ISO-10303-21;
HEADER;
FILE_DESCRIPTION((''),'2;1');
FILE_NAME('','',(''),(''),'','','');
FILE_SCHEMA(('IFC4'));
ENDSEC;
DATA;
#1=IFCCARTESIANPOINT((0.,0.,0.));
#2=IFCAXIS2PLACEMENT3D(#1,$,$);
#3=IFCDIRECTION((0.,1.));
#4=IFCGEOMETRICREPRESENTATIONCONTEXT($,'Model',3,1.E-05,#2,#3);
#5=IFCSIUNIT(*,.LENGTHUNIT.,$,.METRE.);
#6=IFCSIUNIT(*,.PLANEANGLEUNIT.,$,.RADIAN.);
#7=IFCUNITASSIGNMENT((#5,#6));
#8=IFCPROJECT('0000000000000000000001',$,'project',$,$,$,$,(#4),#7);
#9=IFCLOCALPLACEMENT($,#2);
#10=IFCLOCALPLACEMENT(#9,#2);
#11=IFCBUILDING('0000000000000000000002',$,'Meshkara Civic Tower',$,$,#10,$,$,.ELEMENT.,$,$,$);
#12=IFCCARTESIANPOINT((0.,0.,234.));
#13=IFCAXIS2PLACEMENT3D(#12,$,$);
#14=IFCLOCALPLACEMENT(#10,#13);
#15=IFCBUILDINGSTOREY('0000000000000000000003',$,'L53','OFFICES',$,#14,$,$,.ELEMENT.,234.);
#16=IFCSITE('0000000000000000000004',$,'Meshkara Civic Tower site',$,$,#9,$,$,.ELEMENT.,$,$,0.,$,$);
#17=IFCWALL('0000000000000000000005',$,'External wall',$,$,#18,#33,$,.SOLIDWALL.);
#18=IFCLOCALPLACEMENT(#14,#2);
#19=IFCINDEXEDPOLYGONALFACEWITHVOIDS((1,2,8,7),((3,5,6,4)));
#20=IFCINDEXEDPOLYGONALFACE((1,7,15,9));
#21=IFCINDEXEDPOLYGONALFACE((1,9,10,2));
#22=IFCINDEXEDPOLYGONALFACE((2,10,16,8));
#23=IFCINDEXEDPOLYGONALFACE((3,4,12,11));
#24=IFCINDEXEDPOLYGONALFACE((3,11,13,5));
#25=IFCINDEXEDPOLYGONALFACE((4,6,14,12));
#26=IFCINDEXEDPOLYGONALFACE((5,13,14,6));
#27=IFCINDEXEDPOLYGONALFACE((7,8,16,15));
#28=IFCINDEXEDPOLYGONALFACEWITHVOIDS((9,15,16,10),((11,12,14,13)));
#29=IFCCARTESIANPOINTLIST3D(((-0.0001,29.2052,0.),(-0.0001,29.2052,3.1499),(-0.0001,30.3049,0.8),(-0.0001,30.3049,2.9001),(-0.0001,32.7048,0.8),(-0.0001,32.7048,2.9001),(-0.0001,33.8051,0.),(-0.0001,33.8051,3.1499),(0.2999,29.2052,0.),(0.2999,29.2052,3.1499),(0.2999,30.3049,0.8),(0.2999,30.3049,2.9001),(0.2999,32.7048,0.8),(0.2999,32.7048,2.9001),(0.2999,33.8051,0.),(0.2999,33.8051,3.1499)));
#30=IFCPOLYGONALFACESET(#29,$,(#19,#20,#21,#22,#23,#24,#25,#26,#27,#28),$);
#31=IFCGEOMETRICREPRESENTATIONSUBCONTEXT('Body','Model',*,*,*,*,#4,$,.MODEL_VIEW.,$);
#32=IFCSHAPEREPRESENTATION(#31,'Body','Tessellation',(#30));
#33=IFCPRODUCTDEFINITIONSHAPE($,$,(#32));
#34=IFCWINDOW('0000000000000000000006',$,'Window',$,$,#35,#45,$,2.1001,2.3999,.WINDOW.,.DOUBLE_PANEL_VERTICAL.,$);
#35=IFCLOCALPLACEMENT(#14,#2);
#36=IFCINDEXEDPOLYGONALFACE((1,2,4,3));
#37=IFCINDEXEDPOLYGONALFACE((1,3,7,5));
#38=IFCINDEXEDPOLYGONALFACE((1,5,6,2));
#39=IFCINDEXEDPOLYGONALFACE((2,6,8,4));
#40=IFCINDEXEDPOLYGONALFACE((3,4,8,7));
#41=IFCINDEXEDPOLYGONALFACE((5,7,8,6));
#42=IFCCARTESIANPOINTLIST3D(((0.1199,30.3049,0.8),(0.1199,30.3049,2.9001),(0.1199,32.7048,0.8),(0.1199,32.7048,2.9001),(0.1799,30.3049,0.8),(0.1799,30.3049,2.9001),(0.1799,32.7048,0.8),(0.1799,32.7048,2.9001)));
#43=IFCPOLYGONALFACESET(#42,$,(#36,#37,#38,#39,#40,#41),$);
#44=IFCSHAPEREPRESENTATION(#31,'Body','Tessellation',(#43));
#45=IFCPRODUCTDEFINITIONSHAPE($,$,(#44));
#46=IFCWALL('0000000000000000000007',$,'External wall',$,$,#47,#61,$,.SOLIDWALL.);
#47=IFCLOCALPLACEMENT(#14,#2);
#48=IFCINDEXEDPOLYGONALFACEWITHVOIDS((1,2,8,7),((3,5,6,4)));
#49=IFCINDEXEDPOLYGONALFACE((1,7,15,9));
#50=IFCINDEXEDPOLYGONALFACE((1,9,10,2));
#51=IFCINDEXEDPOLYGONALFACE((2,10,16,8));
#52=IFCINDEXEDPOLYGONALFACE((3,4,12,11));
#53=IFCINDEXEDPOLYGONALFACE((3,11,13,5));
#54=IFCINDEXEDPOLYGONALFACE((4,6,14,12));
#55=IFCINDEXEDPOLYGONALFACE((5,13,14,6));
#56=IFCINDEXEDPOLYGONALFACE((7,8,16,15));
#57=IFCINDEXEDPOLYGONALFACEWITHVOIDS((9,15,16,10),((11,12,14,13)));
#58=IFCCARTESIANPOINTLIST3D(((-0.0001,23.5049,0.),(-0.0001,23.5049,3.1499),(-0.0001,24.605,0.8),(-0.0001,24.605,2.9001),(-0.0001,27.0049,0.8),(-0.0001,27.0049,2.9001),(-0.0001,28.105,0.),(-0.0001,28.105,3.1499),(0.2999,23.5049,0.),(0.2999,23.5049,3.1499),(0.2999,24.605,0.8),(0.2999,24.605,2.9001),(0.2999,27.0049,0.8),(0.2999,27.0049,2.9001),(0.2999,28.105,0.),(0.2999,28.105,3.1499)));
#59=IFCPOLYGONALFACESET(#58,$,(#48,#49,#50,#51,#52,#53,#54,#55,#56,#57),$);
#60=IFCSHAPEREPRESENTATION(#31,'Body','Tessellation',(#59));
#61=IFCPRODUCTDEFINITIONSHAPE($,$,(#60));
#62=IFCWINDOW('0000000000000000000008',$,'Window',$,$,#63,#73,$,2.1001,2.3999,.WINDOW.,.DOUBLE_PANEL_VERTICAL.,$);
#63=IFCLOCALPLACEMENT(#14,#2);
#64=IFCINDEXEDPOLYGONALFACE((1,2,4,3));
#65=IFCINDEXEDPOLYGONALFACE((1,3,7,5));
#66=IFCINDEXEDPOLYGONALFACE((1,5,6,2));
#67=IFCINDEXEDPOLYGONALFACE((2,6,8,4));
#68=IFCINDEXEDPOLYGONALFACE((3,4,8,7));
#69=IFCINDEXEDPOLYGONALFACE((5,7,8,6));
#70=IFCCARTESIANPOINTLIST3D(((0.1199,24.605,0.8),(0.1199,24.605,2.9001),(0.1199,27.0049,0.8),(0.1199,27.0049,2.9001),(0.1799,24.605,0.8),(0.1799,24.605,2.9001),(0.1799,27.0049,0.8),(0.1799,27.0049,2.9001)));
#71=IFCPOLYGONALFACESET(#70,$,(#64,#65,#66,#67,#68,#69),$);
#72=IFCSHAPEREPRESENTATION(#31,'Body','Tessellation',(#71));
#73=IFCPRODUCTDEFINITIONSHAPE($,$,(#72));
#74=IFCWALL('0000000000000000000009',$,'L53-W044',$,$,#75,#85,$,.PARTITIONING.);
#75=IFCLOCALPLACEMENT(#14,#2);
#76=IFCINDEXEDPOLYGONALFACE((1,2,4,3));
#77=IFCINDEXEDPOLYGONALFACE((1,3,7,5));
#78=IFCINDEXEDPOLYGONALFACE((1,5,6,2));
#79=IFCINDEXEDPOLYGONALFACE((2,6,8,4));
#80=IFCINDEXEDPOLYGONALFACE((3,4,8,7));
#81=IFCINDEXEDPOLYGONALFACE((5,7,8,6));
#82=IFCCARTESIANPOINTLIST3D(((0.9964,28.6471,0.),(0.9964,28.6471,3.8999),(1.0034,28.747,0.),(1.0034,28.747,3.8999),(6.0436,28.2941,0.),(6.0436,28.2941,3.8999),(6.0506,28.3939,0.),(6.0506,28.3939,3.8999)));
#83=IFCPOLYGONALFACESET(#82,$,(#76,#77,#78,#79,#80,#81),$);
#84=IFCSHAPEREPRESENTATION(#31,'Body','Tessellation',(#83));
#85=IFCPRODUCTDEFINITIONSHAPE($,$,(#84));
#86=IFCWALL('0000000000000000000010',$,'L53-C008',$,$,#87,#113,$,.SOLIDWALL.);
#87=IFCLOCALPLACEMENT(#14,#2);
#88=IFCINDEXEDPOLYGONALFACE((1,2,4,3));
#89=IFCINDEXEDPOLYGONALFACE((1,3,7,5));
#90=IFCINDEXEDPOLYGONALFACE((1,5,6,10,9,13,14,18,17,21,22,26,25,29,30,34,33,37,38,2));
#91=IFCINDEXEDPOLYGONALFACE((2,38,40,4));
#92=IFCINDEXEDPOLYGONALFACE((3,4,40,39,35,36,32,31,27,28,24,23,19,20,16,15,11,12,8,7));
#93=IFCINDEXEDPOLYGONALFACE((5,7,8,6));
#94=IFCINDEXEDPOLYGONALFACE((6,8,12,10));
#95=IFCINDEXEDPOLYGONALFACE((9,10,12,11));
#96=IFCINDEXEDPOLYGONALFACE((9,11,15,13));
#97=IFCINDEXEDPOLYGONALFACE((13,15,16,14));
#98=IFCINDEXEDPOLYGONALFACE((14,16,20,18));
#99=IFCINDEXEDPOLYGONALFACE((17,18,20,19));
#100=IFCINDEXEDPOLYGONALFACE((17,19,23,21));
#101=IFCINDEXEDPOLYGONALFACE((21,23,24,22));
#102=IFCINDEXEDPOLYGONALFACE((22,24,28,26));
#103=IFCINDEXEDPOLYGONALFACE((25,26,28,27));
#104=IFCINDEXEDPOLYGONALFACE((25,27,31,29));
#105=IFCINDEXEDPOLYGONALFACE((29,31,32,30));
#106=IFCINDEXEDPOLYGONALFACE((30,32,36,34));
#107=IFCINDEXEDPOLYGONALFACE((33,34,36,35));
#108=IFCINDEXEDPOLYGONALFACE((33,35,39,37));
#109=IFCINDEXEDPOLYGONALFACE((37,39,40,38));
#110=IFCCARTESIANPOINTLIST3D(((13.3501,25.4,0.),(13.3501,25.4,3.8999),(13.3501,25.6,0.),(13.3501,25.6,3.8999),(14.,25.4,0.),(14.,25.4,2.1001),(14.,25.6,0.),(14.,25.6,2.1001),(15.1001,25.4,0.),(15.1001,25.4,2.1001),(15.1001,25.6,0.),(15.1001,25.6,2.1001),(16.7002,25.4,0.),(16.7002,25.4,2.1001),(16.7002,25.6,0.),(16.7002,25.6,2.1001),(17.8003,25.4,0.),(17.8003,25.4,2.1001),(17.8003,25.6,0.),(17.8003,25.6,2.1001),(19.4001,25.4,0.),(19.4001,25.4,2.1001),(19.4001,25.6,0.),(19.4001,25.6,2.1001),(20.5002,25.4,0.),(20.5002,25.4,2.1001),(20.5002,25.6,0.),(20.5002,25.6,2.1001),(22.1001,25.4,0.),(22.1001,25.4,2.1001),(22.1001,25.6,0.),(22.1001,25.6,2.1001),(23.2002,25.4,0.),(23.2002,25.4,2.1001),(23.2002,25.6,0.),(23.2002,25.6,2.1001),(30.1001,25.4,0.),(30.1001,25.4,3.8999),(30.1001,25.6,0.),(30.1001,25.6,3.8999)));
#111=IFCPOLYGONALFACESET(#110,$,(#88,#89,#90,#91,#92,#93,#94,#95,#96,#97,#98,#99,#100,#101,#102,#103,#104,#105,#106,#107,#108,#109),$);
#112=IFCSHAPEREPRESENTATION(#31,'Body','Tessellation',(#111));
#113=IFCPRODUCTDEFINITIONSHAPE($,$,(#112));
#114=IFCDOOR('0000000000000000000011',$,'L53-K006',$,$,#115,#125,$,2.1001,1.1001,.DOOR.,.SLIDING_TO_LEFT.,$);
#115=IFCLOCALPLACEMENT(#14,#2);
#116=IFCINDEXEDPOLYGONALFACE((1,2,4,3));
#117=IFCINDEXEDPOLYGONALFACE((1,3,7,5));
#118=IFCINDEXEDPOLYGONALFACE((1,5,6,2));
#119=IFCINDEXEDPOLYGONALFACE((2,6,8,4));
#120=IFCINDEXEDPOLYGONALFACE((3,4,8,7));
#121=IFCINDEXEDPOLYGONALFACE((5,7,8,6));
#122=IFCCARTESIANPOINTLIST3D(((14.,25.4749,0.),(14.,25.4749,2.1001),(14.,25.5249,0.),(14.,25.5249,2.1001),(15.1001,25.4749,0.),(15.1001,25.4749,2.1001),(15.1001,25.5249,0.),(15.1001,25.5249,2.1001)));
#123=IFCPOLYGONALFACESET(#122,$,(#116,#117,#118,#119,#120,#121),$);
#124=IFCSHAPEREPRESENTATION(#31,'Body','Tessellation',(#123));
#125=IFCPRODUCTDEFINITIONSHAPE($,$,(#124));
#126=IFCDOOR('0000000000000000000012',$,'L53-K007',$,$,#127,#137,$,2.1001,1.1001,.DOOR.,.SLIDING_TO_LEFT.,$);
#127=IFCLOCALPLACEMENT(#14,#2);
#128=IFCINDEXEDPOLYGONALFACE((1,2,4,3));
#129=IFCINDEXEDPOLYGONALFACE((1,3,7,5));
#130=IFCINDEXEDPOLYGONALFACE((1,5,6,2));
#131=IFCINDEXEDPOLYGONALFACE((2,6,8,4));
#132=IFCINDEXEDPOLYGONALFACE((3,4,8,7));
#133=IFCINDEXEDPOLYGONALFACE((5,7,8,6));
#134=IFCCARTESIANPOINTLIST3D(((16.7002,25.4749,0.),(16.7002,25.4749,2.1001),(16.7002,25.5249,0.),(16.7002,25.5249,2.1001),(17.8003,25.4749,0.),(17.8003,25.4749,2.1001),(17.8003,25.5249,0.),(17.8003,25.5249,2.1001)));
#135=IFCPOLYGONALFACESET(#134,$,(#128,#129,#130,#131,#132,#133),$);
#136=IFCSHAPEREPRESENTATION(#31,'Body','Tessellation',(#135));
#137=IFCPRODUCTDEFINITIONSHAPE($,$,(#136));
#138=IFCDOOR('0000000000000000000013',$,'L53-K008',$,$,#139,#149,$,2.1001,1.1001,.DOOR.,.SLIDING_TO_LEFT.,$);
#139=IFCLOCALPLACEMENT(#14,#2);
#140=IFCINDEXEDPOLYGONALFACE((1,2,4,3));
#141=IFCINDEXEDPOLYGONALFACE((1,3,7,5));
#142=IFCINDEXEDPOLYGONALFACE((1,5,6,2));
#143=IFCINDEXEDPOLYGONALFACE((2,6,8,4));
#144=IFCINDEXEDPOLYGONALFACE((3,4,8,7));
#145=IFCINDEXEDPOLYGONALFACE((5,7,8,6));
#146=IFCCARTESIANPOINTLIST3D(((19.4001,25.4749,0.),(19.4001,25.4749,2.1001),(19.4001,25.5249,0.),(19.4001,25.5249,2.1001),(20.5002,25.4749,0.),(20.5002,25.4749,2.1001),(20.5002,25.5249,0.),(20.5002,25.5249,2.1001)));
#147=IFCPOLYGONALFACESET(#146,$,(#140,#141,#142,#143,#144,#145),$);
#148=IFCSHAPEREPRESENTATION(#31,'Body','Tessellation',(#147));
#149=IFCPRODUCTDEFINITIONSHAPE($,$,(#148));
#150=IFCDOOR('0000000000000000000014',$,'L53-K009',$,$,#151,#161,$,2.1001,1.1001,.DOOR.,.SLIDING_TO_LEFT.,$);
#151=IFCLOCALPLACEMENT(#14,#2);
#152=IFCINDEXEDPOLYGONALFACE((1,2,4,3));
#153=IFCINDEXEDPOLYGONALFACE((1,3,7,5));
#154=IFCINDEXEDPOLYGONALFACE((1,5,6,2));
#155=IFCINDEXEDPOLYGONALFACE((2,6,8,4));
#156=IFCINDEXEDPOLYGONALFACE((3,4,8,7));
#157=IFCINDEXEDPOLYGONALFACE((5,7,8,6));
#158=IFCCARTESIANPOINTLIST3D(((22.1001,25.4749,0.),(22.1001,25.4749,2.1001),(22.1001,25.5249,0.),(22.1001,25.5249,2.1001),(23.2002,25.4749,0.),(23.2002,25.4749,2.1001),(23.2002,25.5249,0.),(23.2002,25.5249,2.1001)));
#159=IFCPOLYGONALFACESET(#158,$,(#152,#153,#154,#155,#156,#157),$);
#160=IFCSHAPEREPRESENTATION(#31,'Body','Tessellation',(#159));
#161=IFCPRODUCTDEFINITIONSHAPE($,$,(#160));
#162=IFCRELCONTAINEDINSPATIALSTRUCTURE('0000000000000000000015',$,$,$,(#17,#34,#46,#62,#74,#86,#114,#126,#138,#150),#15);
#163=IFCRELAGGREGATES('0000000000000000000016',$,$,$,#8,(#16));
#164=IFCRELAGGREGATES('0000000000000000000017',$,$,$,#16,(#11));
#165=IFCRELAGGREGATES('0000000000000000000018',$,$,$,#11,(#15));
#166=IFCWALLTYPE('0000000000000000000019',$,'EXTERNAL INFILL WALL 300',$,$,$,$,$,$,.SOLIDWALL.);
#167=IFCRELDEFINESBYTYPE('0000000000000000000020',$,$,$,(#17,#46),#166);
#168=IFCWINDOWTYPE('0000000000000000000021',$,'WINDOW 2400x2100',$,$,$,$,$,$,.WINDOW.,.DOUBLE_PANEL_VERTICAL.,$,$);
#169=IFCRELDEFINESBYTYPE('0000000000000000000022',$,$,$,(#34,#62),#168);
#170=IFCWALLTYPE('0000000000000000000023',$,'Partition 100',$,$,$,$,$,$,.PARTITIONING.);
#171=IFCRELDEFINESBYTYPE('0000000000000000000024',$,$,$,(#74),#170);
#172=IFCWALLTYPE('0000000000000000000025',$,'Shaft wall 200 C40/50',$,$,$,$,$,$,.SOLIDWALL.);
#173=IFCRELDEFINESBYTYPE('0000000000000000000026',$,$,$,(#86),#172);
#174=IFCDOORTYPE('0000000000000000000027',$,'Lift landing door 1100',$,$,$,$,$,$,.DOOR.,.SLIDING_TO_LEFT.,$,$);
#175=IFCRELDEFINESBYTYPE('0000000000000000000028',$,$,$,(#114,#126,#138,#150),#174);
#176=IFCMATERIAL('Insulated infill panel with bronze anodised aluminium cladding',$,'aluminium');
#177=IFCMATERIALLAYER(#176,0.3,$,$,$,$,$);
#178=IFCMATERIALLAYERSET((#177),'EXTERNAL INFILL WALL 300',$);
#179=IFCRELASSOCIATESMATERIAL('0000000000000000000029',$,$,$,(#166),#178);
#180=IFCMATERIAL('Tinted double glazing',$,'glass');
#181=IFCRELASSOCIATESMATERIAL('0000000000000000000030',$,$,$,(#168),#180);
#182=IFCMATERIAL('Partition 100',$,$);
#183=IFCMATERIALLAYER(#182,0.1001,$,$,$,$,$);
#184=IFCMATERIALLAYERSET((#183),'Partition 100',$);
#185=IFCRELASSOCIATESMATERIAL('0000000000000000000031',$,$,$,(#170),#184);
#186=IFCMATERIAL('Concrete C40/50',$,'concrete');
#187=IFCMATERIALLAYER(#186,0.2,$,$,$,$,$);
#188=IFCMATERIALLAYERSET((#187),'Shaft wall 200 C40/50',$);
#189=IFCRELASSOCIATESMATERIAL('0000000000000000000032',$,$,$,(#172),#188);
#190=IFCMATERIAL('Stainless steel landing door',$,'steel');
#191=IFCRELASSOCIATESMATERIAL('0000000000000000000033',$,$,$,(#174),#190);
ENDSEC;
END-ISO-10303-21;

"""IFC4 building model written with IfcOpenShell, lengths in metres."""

from ifc_helpers import new_model, si_unit, direction, frame, frame_2d, origin, place, context, subcontext, project, spatial, rectangle, extrude, material, layer, layer_set, type_object, element, fill, save


model = new_model("IFC4")

# Units and contexts
model_context = context("Model", 3, precision=1e-05, world=origin(), true_north=direction((0.0, 1.0)))
body_context = subcontext(model_context, "Body", "Model", "MODEL_VIEW")
ifc_project = project(units=[si_unit("LENGTHUNIT", "METRE"), si_unit("PLANEANGLEUNIT", "RADIAN")], contexts=[model_context])

# Site, building, storey
site_placement = place(None, origin())
site = spatial("IfcSite", under=ifc_project, at=site_placement, Name="Meshkara Civic Tower site", CompositionType="ELEMENT", RefElevation=0.0)
building_placement = place(site_placement, origin())
building = spatial("IfcBuilding", under=site, at=building_placement, Name="Meshkara Civic Tower", CompositionType="ELEMENT")
storey_placement = place(building_placement, frame((0.0, 0.0, 234.0)))
storey = spatial("IfcBuildingStorey", under=building, at=storey_placement, Name="L53", Description="OFFICES", CompositionType="ELEMENT", Elevation=234.0)

# Walls, openings, windows
ifc_material_1 = material(Name="Insulated infill panel with bronze anodised aluminium cladding", Category="aluminium")
ifc_layer_1 = layer(ifc_material_1, 0.3)
ifc_layer_set_1 = layer_set([ifc_layer_1], Name="EXTERNAL INFILL WALL 300")
wall_type_1 = type_object("IfcWallType", Name="EXTERNAL INFILL WALL 300", PredefinedType="SOLIDWALL", material=ifc_layer_set_1)
wall_1_placement = place(storey_placement, frame((0.1499, 33.8049, 0.0), z_axis=(0.0, 0.0, 1.0), x_axis=(0.0, -1.0, 0.0)))
wall_1 = element("IfcWall", 1, at=wall_1_placement, inside=storey, type_object=wall_type_1, Name="External wall", PredefinedType="SOLIDWALL", context=body_context, shape_type="SweptSolid", body=[
    extrude(rectangle(XDim=4.5999, YDim=0.3, at=frame_2d((2.2998, 0.0))), origin(), (0.0, 0.0, 1.0), 3.1499),
])
opening_1_placement = place(wall_1_placement, frame((1.1001, 0.0, 0.8)))
opening_1 = element("IfcOpeningElement", 2, at=opening_1_placement, cuts=wall_1, PredefinedType="OPENING", context=body_context, shape_type="SweptSolid", body=[
    extrude(rectangle(XDim=2.3999, YDim=2.1001, at=frame_2d((1.2, 1.05))), frame((0.0, 0.1599, 0.0), z_axis=(0.0, -1.0, 0.0), x_axis=(1.0, 0.0, 0.0)), (0.0, 0.0, 1.0), 0.3201),
])
ifc_material_2 = material(Name="Tinted double glazing", Category="glass")
window_type = type_object("IfcWindowType", Name="WINDOW 2400x2100", PartitioningType="DOUBLE_PANEL_VERTICAL", PredefinedType="WINDOW", material=ifc_material_2)
window_1_placement = place(opening_1_placement, origin())
window_1 = element("IfcWindow", 3, at=window_1_placement, inside=storey, type_object=window_type, Name="Window", OverallHeight=2.1001, OverallWidth=2.3999, PartitioningType="DOUBLE_PANEL_VERTICAL", PredefinedType="WINDOW", context=body_context, shape_type="SweptSolid", body=[
    extrude(rectangle(XDim=2.3999, YDim=2.1001, at=frame_2d((1.2, 1.05))), frame((0.0, 0.03, 0.0), z_axis=(0.0, -1.0, 0.0), x_axis=(1.0, 0.0, 0.0)), (0.0, 0.0, 1.0), 0.0601),
])
fill(opening_1, window_1)
wall_2_placement = place(storey_placement, frame((0.1499, 28.105, 0.0), z_axis=(0.0, 0.0, 1.0), x_axis=(0.0, -1.0, 0.0)))
wall_2 = element("IfcWall", 4, at=wall_2_placement, inside=storey, type_object=wall_type_1, Name="External wall", PredefinedType="SOLIDWALL", context=body_context, shape_type="SweptSolid", body=[
    extrude(rectangle(XDim=4.6001, YDim=0.3, at=frame_2d((2.3, 0.0))), origin(), (0.0, 0.0, 1.0), 3.1499),
])
opening_2_placement = place(wall_2_placement, frame((1.1001, 0.0, 0.8)))
opening_2 = element("IfcOpeningElement", 5, at=opening_2_placement, cuts=wall_2, PredefinedType="OPENING", context=body_context, shape_type="SweptSolid", body=[
    extrude(rectangle(XDim=2.3999, YDim=2.1001, at=frame_2d((1.2, 1.05))), frame((0.0, 0.1599, 0.0), z_axis=(0.0, -1.0, 0.0), x_axis=(1.0, 0.0, 0.0)), (0.0, 0.0, 1.0), 0.3201),
])
window_2_placement = place(opening_2_placement, origin())
window_2 = element("IfcWindow", 6, at=window_2_placement, inside=storey, type_object=window_type, Name="Window", OverallHeight=2.1001, OverallWidth=2.3999, PartitioningType="DOUBLE_PANEL_VERTICAL", PredefinedType="WINDOW", context=body_context, shape_type="SweptSolid", body=[
    extrude(rectangle(XDim=2.3999, YDim=2.1001, at=frame_2d((1.2, 1.05))), frame((0.0, 0.03, 0.0), z_axis=(0.0, -1.0, 0.0), x_axis=(1.0, 0.0, 0.0)), (0.0, 0.0, 1.0), 0.0601),
])
fill(opening_2, window_2)

# Wall
ifc_material_3 = material(Name="Partition 100")
ifc_layer_2 = layer(ifc_material_3, 0.1001)
ifc_layer_set_2 = layer_set([ifc_layer_2], Name="Partition 100")
wall_type_2 = type_object("IfcWallType", Name="Partition 100", PredefinedType="PARTITIONING", material=ifc_layer_set_2)
wall_3_placement = place(storey_placement, frame((6.0471, 28.344, 0.0), z_axis=(0.0, 0.0, 1.0), x_axis=(-0.997563, 0.069776, 0.0)))
element("IfcWall", 7, at=wall_3_placement, inside=storey, type_object=wall_type_2, Name="L53-W044", PredefinedType="PARTITIONING", context=body_context, shape_type="SweptSolid", body=[
    extrude(rectangle(XDim=5.0596, YDim=0.1001, at=frame_2d((2.5298, 0.0))), origin(), (0.0, 0.0, 1.0), 3.8999),
])

# Wall, openings, doors
ifc_material_4 = material(Name="Concrete C40/50", Category="concrete")
ifc_layer_3 = layer(ifc_material_4, 0.2)
ifc_layer_set_3 = layer_set([ifc_layer_3], Name="Shaft wall 200 C40/50")
wall_type_3 = type_object("IfcWallType", Name="Shaft wall 200 C40/50", PredefinedType="SOLIDWALL", material=ifc_layer_set_3)
wall_4_placement = place(storey_placement, frame((13.3501, 25.5, 0.0), z_axis=(0.0, 0.0, 1.0), x_axis=(1.0, 0.0, 0.0)))
wall_4 = element("IfcWall", 8, at=wall_4_placement, inside=storey, type_object=wall_type_3, Name="L53-C008", PredefinedType="SOLIDWALL", context=body_context, shape_type="SweptSolid", body=[
    extrude(rectangle(XDim=16.75, YDim=0.2, at=frame_2d((8.375, 0.0))), origin(), (0.0, 0.0, 1.0), 3.8999),
])
opening_3_placement = place(wall_4_placement, frame((0.6499, 0.0, 0.0)))
opening_3 = element("IfcOpeningElement", 9, at=opening_3_placement, cuts=wall_4, PredefinedType="OPENING", context=body_context, shape_type="SweptSolid", body=[
    extrude(rectangle(XDim=1.1001, YDim=2.1001, at=frame_2d((0.55, 1.05))), frame((0.0, 0.1099, 0.0), z_axis=(0.0, -1.0, 0.0), x_axis=(1.0, 0.0, 0.0)), (0.0, 0.0, 1.0), 0.22),
])
opening_4_placement = place(wall_4_placement, frame((3.3501, 0.0, 0.0)))
opening_4 = element("IfcOpeningElement", 10, at=opening_4_placement, cuts=wall_4, PredefinedType="OPENING", context=body_context, shape_type="SweptSolid", body=[
    extrude(rectangle(XDim=1.1001, YDim=2.1001, at=frame_2d((0.55, 1.05))), frame((0.0, 0.1099, 0.0), z_axis=(0.0, -1.0, 0.0), x_axis=(1.0, 0.0, 0.0)), (0.0, 0.0, 1.0), 0.22),
])
opening_5_placement = place(wall_4_placement, frame((6.05, 0.0, 0.0)))
opening_5 = element("IfcOpeningElement", 11, at=opening_5_placement, cuts=wall_4, PredefinedType="OPENING", context=body_context, shape_type="SweptSolid", body=[
    extrude(rectangle(XDim=1.1001, YDim=2.1001, at=frame_2d((0.55, 1.05))), frame((0.0, 0.1099, 0.0), z_axis=(0.0, -1.0, 0.0), x_axis=(1.0, 0.0, 0.0)), (0.0, 0.0, 1.0), 0.22),
])
opening_6_placement = place(wall_4_placement, frame((8.75, 0.0, 0.0)))
opening_6 = element("IfcOpeningElement", 12, at=opening_6_placement, cuts=wall_4, PredefinedType="OPENING", context=body_context, shape_type="SweptSolid", body=[
    extrude(rectangle(XDim=1.1001, YDim=2.1001, at=frame_2d((0.55, 1.05))), frame((0.0, 0.1099, 0.0), z_axis=(0.0, -1.0, 0.0), x_axis=(1.0, 0.0, 0.0)), (0.0, 0.0, 1.0), 0.22),
])
ifc_material_5 = material(Name="Stainless steel landing door", Category="steel")
door_type_1 = type_object("IfcDoorType", Name="Lift landing door 1100", OperationType="SLIDING_TO_LEFT", PredefinedType="DOOR", material=ifc_material_5)
door_1_placement = place(opening_3_placement, origin())
door_1 = element("IfcDoor", 13, at=door_1_placement, inside=storey, type_object=door_type_1, Name="L53-K006", OperationType="SLIDING_TO_LEFT", OverallHeight=2.1001, OverallWidth=1.1001, PredefinedType="DOOR", context=body_context, shape_type="SweptSolid", body=[
    extrude(rectangle(XDim=1.1001, YDim=2.1001, at=frame_2d((0.55, 1.05))), frame((0.0, 0.0249, 0.0), z_axis=(0.0, -1.0, 0.0), x_axis=(1.0, 0.0, 0.0)), (0.0, 0.0, 1.0), 0.05),
])
fill(opening_3, door_1)
door_2_placement = place(opening_4_placement, origin())
door_2 = element("IfcDoor", 14, at=door_2_placement, inside=storey, type_object=door_type_1, Name="L53-K007", OperationType="SLIDING_TO_LEFT", OverallHeight=2.1001, OverallWidth=1.1001, PredefinedType="DOOR", context=body_context, shape_type="SweptSolid", body=[
    extrude(rectangle(XDim=1.1001, YDim=2.1001, at=frame_2d((0.55, 1.05))), frame((0.0, 0.0249, 0.0), z_axis=(0.0, -1.0, 0.0), x_axis=(1.0, 0.0, 0.0)), (0.0, 0.0, 1.0), 0.05),
])
fill(opening_4, door_2)
door_3_placement = place(opening_5_placement, origin())
door_3 = element("IfcDoor", 15, at=door_3_placement, inside=storey, type_object=door_type_1, Name="L53-K008", OperationType="SLIDING_TO_LEFT", OverallHeight=2.1001, OverallWidth=1.1001, PredefinedType="DOOR", context=body_context, shape_type="SweptSolid", body=[
    extrude(rectangle(XDim=1.1001, YDim=2.1001, at=frame_2d((0.55, 1.05))), frame((0.0, 0.0249, 0.0), z_axis=(0.0, -1.0, 0.0), x_axis=(1.0, 0.0, 0.0)), (0.0, 0.0, 1.0), 0.05),
])
fill(opening_5, door_3)
door_4_placement = place(opening_6_placement, origin())
door_4 = element("IfcDoor", 16, at=door_4_placement, inside=storey, type_object=door_type_1, Name="L53-K009", OperationType="SLIDING_TO_LEFT", OverallHeight=2.1001, OverallWidth=1.1001, PredefinedType="DOOR", context=body_context, shape_type="SweptSolid", body=[
    extrude(rectangle(XDim=1.1001, YDim=2.1001, at=frame_2d((0.55, 1.05))), frame((0.0, 0.0249, 0.0), z_axis=(0.0, -1.0, 0.0), x_axis=(1.0, 0.0, 0.0)), (0.0, 0.0, 1.0), 0.05),
])
fill(opening_6, door_4)

save(model, "model.ifc")
